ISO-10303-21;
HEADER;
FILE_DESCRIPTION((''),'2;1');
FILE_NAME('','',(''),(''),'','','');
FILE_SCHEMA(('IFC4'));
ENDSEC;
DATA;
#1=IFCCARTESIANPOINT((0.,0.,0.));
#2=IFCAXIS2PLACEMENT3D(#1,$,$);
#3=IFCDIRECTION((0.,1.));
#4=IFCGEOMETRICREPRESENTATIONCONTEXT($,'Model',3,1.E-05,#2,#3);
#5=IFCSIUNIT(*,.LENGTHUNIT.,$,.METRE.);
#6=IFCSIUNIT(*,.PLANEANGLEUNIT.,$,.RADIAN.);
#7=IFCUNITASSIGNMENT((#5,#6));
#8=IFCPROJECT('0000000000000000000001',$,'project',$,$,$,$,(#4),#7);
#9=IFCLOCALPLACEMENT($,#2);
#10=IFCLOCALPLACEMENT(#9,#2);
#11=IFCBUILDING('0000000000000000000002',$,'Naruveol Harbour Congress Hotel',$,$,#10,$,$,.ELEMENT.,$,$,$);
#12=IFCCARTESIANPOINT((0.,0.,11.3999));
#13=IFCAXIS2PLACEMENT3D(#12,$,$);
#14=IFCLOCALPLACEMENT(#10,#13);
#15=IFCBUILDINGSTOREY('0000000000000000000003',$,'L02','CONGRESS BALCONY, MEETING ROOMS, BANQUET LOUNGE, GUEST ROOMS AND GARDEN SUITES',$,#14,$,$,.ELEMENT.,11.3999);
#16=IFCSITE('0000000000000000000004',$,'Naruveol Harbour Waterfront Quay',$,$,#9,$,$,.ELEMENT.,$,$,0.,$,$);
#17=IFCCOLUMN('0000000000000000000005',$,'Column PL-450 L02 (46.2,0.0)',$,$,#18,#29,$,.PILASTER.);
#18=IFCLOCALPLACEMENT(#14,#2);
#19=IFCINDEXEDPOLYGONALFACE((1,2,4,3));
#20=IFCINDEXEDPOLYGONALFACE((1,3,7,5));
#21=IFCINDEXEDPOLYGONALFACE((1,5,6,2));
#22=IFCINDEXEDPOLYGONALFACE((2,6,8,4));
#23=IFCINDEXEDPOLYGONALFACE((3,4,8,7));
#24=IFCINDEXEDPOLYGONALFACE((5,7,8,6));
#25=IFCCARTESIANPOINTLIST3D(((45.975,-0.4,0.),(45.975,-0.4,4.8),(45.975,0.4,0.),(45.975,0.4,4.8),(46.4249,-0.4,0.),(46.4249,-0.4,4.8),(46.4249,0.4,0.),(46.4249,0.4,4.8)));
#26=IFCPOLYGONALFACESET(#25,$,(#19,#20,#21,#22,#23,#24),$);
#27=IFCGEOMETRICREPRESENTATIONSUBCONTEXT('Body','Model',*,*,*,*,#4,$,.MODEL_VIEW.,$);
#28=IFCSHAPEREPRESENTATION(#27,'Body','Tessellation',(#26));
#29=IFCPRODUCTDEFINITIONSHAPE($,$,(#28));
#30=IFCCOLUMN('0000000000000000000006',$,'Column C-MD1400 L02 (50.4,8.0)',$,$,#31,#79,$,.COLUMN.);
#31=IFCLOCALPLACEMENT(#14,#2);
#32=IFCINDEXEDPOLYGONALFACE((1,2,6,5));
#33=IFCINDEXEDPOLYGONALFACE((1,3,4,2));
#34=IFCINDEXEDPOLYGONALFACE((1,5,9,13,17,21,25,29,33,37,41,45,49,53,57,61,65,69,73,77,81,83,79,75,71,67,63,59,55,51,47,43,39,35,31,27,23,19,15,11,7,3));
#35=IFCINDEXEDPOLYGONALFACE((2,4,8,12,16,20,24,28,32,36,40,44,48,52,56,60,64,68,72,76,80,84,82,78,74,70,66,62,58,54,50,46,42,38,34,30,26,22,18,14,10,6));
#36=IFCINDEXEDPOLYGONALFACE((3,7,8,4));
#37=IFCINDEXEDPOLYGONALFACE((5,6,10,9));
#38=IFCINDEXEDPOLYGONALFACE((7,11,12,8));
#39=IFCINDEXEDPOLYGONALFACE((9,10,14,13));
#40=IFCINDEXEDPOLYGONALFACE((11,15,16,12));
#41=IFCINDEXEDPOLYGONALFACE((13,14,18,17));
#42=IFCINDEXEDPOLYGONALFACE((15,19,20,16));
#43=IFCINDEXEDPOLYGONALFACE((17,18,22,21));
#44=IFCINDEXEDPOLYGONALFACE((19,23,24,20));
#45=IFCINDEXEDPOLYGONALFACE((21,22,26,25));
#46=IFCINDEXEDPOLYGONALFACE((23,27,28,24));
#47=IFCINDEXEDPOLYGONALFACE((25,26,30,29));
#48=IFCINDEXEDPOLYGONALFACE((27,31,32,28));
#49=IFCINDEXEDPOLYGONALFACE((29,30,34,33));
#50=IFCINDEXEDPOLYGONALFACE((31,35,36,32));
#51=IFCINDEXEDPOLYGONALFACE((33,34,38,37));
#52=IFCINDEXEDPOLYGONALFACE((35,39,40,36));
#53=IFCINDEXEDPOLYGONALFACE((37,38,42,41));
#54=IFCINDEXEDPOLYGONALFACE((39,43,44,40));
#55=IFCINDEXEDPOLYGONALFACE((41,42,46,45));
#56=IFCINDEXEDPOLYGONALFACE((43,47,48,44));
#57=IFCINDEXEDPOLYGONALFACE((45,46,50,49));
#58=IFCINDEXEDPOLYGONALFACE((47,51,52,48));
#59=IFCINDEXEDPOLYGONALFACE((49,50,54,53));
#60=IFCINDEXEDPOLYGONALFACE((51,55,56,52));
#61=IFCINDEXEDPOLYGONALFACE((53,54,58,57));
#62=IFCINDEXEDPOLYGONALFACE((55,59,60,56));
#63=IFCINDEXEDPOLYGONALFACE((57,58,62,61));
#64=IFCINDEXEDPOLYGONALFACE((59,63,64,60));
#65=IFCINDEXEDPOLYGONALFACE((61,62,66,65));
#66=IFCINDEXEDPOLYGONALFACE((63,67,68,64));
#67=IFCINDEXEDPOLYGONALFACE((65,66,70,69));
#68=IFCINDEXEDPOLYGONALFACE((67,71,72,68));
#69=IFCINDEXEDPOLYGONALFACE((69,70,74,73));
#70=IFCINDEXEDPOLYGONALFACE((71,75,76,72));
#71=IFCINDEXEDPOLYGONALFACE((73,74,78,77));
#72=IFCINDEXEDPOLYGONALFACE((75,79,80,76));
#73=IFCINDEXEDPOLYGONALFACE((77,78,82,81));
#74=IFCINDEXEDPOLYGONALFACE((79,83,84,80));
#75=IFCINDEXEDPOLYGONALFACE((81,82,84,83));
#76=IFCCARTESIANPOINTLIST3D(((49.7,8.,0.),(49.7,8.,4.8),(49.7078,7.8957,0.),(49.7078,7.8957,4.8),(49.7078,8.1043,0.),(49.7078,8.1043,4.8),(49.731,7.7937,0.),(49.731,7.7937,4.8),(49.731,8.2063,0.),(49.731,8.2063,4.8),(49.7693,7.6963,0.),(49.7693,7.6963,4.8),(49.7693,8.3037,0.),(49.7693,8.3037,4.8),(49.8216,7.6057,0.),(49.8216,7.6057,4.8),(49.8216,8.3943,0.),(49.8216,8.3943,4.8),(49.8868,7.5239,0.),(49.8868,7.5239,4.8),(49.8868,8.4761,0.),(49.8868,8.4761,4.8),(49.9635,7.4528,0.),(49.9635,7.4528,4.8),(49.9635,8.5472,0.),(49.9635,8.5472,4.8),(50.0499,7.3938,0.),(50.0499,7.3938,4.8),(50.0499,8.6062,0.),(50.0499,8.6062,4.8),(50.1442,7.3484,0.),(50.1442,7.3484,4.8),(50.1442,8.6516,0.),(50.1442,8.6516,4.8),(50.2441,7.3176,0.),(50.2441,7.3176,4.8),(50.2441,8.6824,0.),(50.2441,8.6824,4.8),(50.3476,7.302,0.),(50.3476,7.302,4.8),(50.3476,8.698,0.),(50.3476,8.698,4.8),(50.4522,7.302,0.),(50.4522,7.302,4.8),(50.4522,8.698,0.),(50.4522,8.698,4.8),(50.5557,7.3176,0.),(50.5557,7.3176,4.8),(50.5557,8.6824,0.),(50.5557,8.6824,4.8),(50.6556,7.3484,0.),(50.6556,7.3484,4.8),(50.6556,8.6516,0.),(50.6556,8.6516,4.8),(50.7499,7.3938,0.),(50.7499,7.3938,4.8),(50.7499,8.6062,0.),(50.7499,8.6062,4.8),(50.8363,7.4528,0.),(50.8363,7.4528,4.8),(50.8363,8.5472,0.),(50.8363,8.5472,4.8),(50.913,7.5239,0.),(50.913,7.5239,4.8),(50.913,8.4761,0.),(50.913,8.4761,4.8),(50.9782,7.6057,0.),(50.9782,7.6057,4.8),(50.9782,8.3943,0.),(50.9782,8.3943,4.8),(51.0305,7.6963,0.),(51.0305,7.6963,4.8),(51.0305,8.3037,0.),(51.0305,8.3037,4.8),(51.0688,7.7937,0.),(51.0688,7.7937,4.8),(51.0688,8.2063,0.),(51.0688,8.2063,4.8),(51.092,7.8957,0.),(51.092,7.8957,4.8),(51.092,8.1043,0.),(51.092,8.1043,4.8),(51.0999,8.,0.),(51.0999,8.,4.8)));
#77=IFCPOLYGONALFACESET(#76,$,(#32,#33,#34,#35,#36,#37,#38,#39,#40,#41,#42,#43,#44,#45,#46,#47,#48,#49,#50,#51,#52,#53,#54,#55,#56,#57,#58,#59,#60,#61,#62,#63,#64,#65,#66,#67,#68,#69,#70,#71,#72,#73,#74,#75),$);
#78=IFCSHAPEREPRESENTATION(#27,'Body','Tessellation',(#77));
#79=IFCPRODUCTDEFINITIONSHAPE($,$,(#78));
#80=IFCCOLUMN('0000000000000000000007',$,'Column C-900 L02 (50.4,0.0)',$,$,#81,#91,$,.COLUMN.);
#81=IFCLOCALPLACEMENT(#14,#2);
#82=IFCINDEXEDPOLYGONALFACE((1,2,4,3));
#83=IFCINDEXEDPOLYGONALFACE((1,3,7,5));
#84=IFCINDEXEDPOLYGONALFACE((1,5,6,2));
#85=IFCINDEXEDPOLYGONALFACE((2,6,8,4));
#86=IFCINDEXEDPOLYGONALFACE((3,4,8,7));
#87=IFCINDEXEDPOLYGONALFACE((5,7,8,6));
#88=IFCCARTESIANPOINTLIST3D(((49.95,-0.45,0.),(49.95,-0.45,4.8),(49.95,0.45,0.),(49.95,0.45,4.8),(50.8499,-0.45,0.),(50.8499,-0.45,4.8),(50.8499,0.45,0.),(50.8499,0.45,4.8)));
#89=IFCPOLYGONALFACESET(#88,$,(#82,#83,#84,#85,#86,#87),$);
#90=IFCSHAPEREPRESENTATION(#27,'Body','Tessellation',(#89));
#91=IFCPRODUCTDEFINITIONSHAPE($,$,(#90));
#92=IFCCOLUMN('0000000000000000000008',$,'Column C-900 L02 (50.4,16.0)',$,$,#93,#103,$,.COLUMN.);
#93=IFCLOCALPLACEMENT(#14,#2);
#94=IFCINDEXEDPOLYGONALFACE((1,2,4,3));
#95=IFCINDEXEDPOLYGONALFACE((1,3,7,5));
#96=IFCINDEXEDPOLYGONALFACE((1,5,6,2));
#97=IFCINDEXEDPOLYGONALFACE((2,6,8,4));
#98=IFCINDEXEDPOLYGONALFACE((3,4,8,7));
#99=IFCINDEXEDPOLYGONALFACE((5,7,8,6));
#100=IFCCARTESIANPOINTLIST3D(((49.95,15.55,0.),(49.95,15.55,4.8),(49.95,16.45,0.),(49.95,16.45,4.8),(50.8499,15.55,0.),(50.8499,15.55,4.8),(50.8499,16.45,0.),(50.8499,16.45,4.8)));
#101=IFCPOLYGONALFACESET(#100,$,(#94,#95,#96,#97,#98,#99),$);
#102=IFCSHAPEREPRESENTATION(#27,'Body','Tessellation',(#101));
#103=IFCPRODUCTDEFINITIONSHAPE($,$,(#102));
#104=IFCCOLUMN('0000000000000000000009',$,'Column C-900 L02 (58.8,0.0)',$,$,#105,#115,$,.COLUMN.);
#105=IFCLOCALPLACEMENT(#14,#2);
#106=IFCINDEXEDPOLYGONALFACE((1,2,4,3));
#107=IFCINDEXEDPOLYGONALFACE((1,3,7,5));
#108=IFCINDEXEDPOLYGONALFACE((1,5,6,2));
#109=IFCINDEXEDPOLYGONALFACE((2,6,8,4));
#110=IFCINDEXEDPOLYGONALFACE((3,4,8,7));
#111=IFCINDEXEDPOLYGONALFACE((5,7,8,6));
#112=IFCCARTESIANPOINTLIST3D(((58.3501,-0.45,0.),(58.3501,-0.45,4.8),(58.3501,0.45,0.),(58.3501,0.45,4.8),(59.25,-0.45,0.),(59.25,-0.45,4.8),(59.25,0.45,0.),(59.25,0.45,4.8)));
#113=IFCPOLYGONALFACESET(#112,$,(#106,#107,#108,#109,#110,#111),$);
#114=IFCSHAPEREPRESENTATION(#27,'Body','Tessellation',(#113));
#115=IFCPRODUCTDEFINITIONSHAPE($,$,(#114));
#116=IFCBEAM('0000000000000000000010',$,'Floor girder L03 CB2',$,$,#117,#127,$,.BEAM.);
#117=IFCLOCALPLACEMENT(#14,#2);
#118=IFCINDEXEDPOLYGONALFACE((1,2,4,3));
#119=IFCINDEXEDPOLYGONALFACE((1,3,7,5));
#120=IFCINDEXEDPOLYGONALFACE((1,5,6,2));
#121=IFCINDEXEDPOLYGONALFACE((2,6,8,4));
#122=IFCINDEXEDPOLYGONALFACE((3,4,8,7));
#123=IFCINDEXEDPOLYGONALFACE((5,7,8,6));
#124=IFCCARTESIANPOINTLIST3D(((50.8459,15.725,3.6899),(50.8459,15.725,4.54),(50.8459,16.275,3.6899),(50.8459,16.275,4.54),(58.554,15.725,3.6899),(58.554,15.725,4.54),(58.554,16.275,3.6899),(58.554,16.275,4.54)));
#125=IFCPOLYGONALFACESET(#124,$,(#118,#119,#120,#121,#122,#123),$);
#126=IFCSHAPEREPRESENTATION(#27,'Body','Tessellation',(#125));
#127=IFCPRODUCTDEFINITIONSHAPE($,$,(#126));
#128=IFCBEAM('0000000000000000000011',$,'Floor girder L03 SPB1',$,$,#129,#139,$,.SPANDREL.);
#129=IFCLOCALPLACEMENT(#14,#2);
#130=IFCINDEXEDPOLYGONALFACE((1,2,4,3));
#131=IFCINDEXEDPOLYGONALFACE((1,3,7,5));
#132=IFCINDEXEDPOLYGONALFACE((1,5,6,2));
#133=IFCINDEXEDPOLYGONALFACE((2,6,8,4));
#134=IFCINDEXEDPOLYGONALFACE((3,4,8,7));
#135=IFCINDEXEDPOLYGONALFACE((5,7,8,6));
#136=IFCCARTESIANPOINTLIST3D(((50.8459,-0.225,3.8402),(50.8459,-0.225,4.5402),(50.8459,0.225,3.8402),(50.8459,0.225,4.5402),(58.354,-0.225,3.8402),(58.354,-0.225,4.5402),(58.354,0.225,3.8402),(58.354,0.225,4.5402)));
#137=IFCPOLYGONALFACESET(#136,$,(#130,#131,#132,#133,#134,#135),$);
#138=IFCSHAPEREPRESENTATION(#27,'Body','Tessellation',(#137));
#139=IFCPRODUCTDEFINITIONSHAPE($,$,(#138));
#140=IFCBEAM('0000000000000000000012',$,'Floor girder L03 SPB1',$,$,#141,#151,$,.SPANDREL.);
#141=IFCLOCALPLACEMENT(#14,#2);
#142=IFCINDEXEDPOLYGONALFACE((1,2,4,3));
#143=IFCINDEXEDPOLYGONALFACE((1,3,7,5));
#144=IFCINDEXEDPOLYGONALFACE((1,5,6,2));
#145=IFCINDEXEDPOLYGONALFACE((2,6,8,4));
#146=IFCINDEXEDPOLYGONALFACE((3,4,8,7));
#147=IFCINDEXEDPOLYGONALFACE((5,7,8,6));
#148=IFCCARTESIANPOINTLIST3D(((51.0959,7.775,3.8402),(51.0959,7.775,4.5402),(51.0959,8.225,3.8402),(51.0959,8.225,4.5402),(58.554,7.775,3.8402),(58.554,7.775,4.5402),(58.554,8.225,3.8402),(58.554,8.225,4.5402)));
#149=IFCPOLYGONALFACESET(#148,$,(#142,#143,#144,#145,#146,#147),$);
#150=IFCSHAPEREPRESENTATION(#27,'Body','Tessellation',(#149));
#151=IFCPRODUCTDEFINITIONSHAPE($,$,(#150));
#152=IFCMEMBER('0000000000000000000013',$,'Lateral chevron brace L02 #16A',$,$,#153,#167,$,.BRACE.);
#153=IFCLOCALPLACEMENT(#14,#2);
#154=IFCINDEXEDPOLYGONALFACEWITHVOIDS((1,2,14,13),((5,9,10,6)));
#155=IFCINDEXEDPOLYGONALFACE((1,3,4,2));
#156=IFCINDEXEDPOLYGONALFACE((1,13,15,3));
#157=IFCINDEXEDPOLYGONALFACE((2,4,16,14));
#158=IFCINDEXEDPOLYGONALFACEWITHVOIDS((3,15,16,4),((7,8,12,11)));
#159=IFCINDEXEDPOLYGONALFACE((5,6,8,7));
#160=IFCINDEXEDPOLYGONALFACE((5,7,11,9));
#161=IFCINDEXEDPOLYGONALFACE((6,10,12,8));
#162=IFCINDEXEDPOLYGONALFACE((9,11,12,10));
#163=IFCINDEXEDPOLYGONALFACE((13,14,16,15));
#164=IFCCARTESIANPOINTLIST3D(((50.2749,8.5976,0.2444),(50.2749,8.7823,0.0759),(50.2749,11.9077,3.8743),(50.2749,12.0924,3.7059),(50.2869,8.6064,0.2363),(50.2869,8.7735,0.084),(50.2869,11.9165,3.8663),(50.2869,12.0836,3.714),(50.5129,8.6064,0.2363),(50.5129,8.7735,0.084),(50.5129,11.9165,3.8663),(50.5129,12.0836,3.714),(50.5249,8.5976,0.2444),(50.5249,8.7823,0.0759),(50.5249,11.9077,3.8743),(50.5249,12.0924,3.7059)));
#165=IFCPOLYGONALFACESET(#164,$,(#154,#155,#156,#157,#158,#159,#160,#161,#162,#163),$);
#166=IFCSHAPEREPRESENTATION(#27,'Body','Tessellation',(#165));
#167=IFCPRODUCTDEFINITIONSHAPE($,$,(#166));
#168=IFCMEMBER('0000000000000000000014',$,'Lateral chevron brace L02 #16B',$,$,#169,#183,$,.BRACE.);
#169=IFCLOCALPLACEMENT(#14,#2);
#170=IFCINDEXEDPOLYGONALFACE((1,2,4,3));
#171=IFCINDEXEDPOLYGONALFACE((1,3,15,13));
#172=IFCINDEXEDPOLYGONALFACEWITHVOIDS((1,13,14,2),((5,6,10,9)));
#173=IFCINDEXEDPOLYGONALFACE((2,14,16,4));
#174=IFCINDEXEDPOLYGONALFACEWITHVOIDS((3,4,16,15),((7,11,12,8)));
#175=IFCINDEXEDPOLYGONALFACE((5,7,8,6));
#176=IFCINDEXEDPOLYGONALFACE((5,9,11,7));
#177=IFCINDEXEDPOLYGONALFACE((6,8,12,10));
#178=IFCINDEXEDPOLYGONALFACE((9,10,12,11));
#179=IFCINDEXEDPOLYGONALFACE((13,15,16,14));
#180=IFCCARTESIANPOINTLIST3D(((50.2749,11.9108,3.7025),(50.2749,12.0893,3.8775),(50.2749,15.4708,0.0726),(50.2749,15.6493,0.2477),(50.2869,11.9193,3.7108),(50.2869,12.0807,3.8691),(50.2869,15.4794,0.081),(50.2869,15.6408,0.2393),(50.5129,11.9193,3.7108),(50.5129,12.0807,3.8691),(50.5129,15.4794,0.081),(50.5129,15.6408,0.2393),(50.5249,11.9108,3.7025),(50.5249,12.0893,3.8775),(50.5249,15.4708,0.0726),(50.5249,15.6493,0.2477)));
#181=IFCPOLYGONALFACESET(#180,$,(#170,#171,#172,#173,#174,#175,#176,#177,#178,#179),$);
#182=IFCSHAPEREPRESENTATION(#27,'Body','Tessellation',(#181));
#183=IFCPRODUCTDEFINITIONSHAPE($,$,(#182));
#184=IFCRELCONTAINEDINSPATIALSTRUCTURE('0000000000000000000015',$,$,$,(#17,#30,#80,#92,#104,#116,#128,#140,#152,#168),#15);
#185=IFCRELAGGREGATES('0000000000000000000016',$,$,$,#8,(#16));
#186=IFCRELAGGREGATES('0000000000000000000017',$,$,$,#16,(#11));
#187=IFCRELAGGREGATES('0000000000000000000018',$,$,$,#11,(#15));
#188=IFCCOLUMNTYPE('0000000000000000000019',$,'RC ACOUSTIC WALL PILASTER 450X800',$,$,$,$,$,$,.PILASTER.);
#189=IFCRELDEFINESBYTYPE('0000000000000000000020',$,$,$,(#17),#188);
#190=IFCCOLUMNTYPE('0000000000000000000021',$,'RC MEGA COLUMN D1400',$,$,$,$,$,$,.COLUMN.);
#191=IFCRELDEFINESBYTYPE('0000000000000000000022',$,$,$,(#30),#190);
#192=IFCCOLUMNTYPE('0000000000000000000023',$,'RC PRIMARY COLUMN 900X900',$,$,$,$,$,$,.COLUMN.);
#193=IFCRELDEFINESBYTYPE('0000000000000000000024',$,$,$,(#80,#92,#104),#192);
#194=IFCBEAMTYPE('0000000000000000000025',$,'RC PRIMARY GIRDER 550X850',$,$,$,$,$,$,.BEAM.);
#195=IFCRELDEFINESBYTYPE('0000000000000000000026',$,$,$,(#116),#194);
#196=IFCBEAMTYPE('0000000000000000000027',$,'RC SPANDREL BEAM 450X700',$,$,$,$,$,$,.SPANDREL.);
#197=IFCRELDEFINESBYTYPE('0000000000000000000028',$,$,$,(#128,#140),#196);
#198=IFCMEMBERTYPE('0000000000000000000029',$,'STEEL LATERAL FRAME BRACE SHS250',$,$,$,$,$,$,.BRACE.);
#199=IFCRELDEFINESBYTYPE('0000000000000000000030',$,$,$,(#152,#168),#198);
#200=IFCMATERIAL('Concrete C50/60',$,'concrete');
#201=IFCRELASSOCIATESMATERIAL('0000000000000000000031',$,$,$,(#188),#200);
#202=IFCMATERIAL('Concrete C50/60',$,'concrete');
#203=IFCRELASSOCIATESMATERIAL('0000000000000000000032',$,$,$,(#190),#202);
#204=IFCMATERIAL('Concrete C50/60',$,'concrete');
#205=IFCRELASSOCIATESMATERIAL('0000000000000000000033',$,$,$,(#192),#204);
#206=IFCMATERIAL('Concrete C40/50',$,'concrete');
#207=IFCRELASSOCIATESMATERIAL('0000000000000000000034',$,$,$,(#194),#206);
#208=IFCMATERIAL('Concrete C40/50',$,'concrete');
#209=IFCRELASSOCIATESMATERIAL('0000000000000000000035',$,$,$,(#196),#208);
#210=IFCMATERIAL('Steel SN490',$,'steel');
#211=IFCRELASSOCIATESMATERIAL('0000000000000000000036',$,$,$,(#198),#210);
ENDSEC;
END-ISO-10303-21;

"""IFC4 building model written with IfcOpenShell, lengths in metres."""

from ifc_helpers import new_model, si_unit, direction, frame, origin, origin_2d, place, context, subcontext, project, spatial, rectangle, hollow_rectangle, circle, extrude, material, material_profile, profile_set, type_object, element, save


model = new_model("IFC4")

# Units and contexts
model_context = context("Model", 3, precision=1e-05, world=origin(), true_north=direction((0.0, 1.0)))
body_context = subcontext(model_context, "Body", "Model", "MODEL_VIEW")
ifc_project = project(units=[si_unit("LENGTHUNIT", "METRE"), si_unit("PLANEANGLEUNIT", "RADIAN")], contexts=[model_context])

# Site, building, storey
site_placement = place(None, origin())
site = spatial("IfcSite", under=ifc_project, at=site_placement, Name="Naruveol Harbour Waterfront Quay", CompositionType="ELEMENT", RefElevation=0.0)
building_placement = place(site_placement, origin())
building = spatial("IfcBuilding", under=site, at=building_placement, Name="Naruveol Harbour Congress Hotel", CompositionType="ELEMENT")
storey_placement = place(building_placement, frame((0.0, 0.0, 11.3999)))
storey = spatial("IfcBuildingStorey", under=building, at=storey_placement, Name="L02", Description="CONGRESS BALCONY, MEETING ROOMS, BANQUET LOUNGE, GUEST ROOMS AND GARDEN SUITES", CompositionType="ELEMENT", Elevation=11.3999)

# Columns
ifc_material_1 = material(Name="Concrete C50/60", Category="concrete")
ifc_material_profile_1 = material_profile(ifc_material_1, rectangle(XDim=0.45, YDim=0.8, at=origin_2d()), Name="RC-450x800")
ifc_profile_set_1 = profile_set([ifc_material_profile_1], Name="Concrete C50/60")
column_type_1 = type_object("IfcColumnType", Name="RC ACOUSTIC WALL PILASTER 450X800", PredefinedType="PILASTER", material=ifc_profile_set_1)
column_1_placement = place(storey_placement, frame((46.2, 0.0, 0.0), z_axis=(0.0, 0.0, 1.0), x_axis=(1.0, 0.0, 0.0)))
element("IfcColumn", 1, at=column_1_placement, inside=storey, type_object=column_type_1, Name="Column PL-450 L02 (46.2,0.0)", PredefinedType="PILASTER", context=body_context, shape_type="SweptSolid", body=[
    extrude(rectangle(XDim=0.45, YDim=0.8, at=origin_2d()), origin(), (0.0, 0.0, 1.0), 4.8),
])
ifc_material_2 = material(Name="Concrete C50/60", Category="concrete")
ifc_material_profile_2 = material_profile(ifc_material_2, circle(Radius=0.7, at=origin_2d()), Name="RC-D1400")
ifc_profile_set_2 = profile_set([ifc_material_profile_2], Name="Concrete C50/60")
column_type_2 = type_object("IfcColumnType", Name="RC MEGA COLUMN D1400", PredefinedType="COLUMN", material=ifc_profile_set_2)
column_2_placement = place(storey_placement, frame((50.3999, 8.0, 0.0), z_axis=(0.0, 0.0, 1.0), x_axis=(1.0, 0.0, 0.0)))
element("IfcColumn", 2, at=column_2_placement, inside=storey, type_object=column_type_2, Name="Column C-MD1400 L02 (50.4,8.0)", PredefinedType="COLUMN", context=body_context, shape_type="SweptSolid", body=[
    extrude(circle(Radius=0.7, at=origin_2d()), origin(), (0.0, 0.0, 1.0), 4.8),
])
ifc_material_3 = material(Name="Concrete C50/60", Category="concrete")
ifc_material_profile_3 = material_profile(ifc_material_3, rectangle(XDim=0.8999, YDim=0.8999, at=origin_2d()), Name="RC-900x900")
ifc_profile_set_3 = profile_set([ifc_material_profile_3], Name="Concrete C50/60")
column_type_3 = type_object("IfcColumnType", Name="RC PRIMARY COLUMN 900X900", PredefinedType="COLUMN", material=ifc_profile_set_3)
for number, where, z_axis, x_axis, name in (
    (3, (50.3999, 0.0, 0.0), (0.0, 0.0, 1.0), (1.0, 0.0, 0.0), "Column C-900 L02 (50.4,0.0)"),
    (4, (50.3999, 16.0, 0.0), (0.0, 0.0, 1.0), (1.0, 0.0, 0.0), "Column C-900 L02 (50.4,16.0)"),
    (5, (58.8, 0.0, 0.0), (0.0, 0.0, 1.0), (1.0, 0.0, 0.0), "Column C-900 L02 (58.8,0.0)"),
):
    element("IfcColumn", number, at=place(storey_placement, frame(where, z_axis=z_axis, x_axis=x_axis)), inside=storey, type_object=column_type_3, Name=name, PredefinedType="COLUMN", context=body_context, shape_type="SweptSolid", body=[
        extrude(rectangle(XDim=0.8999, YDim=0.8999, at=origin_2d()), origin(), (0.0, 0.0, 1.0), 4.8),
    ])

# Beams
ifc_material_4 = material(Name="Concrete C40/50", Category="concrete")
ifc_material_profile_4 = material_profile(ifc_material_4, rectangle(XDim=0.55, YDim=0.8501, at=origin_2d()), Name="RCB-550x850")
ifc_profile_set_4 = profile_set([ifc_material_profile_4], Name="Concrete C40/50")
beam_type_1 = type_object("IfcBeamType", Name="RC PRIMARY GIRDER 550X850", PredefinedType="BEAM", material=ifc_profile_set_4)
beam_1_placement = place(storey_placement, frame((50.8459, 16.0, 4.115), z_axis=(1.0, 0.0, 0.0), x_axis=(0.0, 1.0, 0.0)))
element("IfcBeam", 6, at=beam_1_placement, inside=storey, type_object=beam_type_1, Name="Floor girder L03 CB2", PredefinedType="BEAM", context=body_context, shape_type="SweptSolid", body=[
    extrude(rectangle(XDim=0.55, YDim=0.8501, at=origin_2d()), origin(), (0.0, 0.0, 1.0), 7.708),
])
ifc_material_5 = material(Name="Concrete C40/50", Category="concrete")
ifc_material_profile_5 = material_profile(ifc_material_5, rectangle(XDim=0.45, YDim=0.7, at=origin_2d()), Name="RCB-450x700")
ifc_profile_set_5 = profile_set([ifc_material_profile_5], Name="Concrete C40/50")
beam_type_2 = type_object("IfcBeamType", Name="RC SPANDREL BEAM 450X700", PredefinedType="SPANDREL", material=ifc_profile_set_5)
beam_2_placement = place(storey_placement, frame((50.8459, 0.0, 4.1902), z_axis=(1.0, 0.0, 0.0), x_axis=(0.0, 1.0, 0.0)))
element("IfcBeam", 7, at=beam_2_placement, inside=storey, type_object=beam_type_2, Name="Floor girder L03 SPB1", PredefinedType="SPANDREL", context=body_context, shape_type="SweptSolid", body=[
    extrude(rectangle(XDim=0.45, YDim=0.7, at=origin_2d()), origin(), (0.0, 0.0, 1.0), 7.5081),
])
beam_3_placement = place(storey_placement, frame((51.0959, 8.0, 4.1902), z_axis=(1.0, 0.0, 0.0), x_axis=(0.0, 1.0, 0.0)))
element("IfcBeam", 8, at=beam_3_placement, inside=storey, type_object=beam_type_2, Name="Floor girder L03 SPB1", PredefinedType="SPANDREL", context=body_context, shape_type="SweptSolid", body=[
    extrude(rectangle(XDim=0.45, YDim=0.7, at=origin_2d()), origin(), (0.0, 0.0, 1.0), 7.458),
])

# Members
ifc_material_6 = material(Name="Steel SN490", Category="steel")
ifc_material_profile_6 = material_profile(ifc_material_6, hollow_rectangle(XDim=0.25, YDim=0.25, WallThickness=0.012, at=origin_2d()), Name="SHS-250x250x12")
ifc_profile_set_6 = profile_set([ifc_material_profile_6], Name="Steel SN490")
member_type = type_object("IfcMemberType", Name="STEEL LATERAL FRAME BRACE SHS250", PredefinedType="BRACE", material=ifc_profile_set_6)
member_1_placement = place(storey_placement, frame((50.3999, 8.6899, 0.1602), z_axis=(0.0, 0.673805, 0.738909), x_axis=(-1.0, 0.0, 0.0)))
element("IfcMember", 9, at=member_1_placement, inside=storey, type_object=member_type, Name="Lateral chevron brace L02 #16A", PredefinedType="BRACE", context=body_context, shape_type="SweptSolid", body=[
    extrude(hollow_rectangle(XDim=0.25, YDim=0.25, WallThickness=0.012, at=origin_2d()), origin(), (0.0, 0.0, 1.0), 4.9126),
])
member_2_placement = place(storey_placement, frame((50.3999, 15.5601, 0.1602), z_axis=(0.0, -0.700207, 0.71394), x_axis=(1.0, 0.0, 0.0)))
element("IfcMember", 10, at=member_2_placement, inside=storey, type_object=member_type, Name="Lateral chevron brace L02 #16B", PredefinedType="BRACE", context=body_context, shape_type="SweptSolid", body=[
    extrude(hollow_rectangle(XDim=0.25, YDim=0.25, WallThickness=0.012, at=origin_2d()), origin(), (0.0, 0.0, 1.0), 5.0842),
])

save(model, "model.ifc")
